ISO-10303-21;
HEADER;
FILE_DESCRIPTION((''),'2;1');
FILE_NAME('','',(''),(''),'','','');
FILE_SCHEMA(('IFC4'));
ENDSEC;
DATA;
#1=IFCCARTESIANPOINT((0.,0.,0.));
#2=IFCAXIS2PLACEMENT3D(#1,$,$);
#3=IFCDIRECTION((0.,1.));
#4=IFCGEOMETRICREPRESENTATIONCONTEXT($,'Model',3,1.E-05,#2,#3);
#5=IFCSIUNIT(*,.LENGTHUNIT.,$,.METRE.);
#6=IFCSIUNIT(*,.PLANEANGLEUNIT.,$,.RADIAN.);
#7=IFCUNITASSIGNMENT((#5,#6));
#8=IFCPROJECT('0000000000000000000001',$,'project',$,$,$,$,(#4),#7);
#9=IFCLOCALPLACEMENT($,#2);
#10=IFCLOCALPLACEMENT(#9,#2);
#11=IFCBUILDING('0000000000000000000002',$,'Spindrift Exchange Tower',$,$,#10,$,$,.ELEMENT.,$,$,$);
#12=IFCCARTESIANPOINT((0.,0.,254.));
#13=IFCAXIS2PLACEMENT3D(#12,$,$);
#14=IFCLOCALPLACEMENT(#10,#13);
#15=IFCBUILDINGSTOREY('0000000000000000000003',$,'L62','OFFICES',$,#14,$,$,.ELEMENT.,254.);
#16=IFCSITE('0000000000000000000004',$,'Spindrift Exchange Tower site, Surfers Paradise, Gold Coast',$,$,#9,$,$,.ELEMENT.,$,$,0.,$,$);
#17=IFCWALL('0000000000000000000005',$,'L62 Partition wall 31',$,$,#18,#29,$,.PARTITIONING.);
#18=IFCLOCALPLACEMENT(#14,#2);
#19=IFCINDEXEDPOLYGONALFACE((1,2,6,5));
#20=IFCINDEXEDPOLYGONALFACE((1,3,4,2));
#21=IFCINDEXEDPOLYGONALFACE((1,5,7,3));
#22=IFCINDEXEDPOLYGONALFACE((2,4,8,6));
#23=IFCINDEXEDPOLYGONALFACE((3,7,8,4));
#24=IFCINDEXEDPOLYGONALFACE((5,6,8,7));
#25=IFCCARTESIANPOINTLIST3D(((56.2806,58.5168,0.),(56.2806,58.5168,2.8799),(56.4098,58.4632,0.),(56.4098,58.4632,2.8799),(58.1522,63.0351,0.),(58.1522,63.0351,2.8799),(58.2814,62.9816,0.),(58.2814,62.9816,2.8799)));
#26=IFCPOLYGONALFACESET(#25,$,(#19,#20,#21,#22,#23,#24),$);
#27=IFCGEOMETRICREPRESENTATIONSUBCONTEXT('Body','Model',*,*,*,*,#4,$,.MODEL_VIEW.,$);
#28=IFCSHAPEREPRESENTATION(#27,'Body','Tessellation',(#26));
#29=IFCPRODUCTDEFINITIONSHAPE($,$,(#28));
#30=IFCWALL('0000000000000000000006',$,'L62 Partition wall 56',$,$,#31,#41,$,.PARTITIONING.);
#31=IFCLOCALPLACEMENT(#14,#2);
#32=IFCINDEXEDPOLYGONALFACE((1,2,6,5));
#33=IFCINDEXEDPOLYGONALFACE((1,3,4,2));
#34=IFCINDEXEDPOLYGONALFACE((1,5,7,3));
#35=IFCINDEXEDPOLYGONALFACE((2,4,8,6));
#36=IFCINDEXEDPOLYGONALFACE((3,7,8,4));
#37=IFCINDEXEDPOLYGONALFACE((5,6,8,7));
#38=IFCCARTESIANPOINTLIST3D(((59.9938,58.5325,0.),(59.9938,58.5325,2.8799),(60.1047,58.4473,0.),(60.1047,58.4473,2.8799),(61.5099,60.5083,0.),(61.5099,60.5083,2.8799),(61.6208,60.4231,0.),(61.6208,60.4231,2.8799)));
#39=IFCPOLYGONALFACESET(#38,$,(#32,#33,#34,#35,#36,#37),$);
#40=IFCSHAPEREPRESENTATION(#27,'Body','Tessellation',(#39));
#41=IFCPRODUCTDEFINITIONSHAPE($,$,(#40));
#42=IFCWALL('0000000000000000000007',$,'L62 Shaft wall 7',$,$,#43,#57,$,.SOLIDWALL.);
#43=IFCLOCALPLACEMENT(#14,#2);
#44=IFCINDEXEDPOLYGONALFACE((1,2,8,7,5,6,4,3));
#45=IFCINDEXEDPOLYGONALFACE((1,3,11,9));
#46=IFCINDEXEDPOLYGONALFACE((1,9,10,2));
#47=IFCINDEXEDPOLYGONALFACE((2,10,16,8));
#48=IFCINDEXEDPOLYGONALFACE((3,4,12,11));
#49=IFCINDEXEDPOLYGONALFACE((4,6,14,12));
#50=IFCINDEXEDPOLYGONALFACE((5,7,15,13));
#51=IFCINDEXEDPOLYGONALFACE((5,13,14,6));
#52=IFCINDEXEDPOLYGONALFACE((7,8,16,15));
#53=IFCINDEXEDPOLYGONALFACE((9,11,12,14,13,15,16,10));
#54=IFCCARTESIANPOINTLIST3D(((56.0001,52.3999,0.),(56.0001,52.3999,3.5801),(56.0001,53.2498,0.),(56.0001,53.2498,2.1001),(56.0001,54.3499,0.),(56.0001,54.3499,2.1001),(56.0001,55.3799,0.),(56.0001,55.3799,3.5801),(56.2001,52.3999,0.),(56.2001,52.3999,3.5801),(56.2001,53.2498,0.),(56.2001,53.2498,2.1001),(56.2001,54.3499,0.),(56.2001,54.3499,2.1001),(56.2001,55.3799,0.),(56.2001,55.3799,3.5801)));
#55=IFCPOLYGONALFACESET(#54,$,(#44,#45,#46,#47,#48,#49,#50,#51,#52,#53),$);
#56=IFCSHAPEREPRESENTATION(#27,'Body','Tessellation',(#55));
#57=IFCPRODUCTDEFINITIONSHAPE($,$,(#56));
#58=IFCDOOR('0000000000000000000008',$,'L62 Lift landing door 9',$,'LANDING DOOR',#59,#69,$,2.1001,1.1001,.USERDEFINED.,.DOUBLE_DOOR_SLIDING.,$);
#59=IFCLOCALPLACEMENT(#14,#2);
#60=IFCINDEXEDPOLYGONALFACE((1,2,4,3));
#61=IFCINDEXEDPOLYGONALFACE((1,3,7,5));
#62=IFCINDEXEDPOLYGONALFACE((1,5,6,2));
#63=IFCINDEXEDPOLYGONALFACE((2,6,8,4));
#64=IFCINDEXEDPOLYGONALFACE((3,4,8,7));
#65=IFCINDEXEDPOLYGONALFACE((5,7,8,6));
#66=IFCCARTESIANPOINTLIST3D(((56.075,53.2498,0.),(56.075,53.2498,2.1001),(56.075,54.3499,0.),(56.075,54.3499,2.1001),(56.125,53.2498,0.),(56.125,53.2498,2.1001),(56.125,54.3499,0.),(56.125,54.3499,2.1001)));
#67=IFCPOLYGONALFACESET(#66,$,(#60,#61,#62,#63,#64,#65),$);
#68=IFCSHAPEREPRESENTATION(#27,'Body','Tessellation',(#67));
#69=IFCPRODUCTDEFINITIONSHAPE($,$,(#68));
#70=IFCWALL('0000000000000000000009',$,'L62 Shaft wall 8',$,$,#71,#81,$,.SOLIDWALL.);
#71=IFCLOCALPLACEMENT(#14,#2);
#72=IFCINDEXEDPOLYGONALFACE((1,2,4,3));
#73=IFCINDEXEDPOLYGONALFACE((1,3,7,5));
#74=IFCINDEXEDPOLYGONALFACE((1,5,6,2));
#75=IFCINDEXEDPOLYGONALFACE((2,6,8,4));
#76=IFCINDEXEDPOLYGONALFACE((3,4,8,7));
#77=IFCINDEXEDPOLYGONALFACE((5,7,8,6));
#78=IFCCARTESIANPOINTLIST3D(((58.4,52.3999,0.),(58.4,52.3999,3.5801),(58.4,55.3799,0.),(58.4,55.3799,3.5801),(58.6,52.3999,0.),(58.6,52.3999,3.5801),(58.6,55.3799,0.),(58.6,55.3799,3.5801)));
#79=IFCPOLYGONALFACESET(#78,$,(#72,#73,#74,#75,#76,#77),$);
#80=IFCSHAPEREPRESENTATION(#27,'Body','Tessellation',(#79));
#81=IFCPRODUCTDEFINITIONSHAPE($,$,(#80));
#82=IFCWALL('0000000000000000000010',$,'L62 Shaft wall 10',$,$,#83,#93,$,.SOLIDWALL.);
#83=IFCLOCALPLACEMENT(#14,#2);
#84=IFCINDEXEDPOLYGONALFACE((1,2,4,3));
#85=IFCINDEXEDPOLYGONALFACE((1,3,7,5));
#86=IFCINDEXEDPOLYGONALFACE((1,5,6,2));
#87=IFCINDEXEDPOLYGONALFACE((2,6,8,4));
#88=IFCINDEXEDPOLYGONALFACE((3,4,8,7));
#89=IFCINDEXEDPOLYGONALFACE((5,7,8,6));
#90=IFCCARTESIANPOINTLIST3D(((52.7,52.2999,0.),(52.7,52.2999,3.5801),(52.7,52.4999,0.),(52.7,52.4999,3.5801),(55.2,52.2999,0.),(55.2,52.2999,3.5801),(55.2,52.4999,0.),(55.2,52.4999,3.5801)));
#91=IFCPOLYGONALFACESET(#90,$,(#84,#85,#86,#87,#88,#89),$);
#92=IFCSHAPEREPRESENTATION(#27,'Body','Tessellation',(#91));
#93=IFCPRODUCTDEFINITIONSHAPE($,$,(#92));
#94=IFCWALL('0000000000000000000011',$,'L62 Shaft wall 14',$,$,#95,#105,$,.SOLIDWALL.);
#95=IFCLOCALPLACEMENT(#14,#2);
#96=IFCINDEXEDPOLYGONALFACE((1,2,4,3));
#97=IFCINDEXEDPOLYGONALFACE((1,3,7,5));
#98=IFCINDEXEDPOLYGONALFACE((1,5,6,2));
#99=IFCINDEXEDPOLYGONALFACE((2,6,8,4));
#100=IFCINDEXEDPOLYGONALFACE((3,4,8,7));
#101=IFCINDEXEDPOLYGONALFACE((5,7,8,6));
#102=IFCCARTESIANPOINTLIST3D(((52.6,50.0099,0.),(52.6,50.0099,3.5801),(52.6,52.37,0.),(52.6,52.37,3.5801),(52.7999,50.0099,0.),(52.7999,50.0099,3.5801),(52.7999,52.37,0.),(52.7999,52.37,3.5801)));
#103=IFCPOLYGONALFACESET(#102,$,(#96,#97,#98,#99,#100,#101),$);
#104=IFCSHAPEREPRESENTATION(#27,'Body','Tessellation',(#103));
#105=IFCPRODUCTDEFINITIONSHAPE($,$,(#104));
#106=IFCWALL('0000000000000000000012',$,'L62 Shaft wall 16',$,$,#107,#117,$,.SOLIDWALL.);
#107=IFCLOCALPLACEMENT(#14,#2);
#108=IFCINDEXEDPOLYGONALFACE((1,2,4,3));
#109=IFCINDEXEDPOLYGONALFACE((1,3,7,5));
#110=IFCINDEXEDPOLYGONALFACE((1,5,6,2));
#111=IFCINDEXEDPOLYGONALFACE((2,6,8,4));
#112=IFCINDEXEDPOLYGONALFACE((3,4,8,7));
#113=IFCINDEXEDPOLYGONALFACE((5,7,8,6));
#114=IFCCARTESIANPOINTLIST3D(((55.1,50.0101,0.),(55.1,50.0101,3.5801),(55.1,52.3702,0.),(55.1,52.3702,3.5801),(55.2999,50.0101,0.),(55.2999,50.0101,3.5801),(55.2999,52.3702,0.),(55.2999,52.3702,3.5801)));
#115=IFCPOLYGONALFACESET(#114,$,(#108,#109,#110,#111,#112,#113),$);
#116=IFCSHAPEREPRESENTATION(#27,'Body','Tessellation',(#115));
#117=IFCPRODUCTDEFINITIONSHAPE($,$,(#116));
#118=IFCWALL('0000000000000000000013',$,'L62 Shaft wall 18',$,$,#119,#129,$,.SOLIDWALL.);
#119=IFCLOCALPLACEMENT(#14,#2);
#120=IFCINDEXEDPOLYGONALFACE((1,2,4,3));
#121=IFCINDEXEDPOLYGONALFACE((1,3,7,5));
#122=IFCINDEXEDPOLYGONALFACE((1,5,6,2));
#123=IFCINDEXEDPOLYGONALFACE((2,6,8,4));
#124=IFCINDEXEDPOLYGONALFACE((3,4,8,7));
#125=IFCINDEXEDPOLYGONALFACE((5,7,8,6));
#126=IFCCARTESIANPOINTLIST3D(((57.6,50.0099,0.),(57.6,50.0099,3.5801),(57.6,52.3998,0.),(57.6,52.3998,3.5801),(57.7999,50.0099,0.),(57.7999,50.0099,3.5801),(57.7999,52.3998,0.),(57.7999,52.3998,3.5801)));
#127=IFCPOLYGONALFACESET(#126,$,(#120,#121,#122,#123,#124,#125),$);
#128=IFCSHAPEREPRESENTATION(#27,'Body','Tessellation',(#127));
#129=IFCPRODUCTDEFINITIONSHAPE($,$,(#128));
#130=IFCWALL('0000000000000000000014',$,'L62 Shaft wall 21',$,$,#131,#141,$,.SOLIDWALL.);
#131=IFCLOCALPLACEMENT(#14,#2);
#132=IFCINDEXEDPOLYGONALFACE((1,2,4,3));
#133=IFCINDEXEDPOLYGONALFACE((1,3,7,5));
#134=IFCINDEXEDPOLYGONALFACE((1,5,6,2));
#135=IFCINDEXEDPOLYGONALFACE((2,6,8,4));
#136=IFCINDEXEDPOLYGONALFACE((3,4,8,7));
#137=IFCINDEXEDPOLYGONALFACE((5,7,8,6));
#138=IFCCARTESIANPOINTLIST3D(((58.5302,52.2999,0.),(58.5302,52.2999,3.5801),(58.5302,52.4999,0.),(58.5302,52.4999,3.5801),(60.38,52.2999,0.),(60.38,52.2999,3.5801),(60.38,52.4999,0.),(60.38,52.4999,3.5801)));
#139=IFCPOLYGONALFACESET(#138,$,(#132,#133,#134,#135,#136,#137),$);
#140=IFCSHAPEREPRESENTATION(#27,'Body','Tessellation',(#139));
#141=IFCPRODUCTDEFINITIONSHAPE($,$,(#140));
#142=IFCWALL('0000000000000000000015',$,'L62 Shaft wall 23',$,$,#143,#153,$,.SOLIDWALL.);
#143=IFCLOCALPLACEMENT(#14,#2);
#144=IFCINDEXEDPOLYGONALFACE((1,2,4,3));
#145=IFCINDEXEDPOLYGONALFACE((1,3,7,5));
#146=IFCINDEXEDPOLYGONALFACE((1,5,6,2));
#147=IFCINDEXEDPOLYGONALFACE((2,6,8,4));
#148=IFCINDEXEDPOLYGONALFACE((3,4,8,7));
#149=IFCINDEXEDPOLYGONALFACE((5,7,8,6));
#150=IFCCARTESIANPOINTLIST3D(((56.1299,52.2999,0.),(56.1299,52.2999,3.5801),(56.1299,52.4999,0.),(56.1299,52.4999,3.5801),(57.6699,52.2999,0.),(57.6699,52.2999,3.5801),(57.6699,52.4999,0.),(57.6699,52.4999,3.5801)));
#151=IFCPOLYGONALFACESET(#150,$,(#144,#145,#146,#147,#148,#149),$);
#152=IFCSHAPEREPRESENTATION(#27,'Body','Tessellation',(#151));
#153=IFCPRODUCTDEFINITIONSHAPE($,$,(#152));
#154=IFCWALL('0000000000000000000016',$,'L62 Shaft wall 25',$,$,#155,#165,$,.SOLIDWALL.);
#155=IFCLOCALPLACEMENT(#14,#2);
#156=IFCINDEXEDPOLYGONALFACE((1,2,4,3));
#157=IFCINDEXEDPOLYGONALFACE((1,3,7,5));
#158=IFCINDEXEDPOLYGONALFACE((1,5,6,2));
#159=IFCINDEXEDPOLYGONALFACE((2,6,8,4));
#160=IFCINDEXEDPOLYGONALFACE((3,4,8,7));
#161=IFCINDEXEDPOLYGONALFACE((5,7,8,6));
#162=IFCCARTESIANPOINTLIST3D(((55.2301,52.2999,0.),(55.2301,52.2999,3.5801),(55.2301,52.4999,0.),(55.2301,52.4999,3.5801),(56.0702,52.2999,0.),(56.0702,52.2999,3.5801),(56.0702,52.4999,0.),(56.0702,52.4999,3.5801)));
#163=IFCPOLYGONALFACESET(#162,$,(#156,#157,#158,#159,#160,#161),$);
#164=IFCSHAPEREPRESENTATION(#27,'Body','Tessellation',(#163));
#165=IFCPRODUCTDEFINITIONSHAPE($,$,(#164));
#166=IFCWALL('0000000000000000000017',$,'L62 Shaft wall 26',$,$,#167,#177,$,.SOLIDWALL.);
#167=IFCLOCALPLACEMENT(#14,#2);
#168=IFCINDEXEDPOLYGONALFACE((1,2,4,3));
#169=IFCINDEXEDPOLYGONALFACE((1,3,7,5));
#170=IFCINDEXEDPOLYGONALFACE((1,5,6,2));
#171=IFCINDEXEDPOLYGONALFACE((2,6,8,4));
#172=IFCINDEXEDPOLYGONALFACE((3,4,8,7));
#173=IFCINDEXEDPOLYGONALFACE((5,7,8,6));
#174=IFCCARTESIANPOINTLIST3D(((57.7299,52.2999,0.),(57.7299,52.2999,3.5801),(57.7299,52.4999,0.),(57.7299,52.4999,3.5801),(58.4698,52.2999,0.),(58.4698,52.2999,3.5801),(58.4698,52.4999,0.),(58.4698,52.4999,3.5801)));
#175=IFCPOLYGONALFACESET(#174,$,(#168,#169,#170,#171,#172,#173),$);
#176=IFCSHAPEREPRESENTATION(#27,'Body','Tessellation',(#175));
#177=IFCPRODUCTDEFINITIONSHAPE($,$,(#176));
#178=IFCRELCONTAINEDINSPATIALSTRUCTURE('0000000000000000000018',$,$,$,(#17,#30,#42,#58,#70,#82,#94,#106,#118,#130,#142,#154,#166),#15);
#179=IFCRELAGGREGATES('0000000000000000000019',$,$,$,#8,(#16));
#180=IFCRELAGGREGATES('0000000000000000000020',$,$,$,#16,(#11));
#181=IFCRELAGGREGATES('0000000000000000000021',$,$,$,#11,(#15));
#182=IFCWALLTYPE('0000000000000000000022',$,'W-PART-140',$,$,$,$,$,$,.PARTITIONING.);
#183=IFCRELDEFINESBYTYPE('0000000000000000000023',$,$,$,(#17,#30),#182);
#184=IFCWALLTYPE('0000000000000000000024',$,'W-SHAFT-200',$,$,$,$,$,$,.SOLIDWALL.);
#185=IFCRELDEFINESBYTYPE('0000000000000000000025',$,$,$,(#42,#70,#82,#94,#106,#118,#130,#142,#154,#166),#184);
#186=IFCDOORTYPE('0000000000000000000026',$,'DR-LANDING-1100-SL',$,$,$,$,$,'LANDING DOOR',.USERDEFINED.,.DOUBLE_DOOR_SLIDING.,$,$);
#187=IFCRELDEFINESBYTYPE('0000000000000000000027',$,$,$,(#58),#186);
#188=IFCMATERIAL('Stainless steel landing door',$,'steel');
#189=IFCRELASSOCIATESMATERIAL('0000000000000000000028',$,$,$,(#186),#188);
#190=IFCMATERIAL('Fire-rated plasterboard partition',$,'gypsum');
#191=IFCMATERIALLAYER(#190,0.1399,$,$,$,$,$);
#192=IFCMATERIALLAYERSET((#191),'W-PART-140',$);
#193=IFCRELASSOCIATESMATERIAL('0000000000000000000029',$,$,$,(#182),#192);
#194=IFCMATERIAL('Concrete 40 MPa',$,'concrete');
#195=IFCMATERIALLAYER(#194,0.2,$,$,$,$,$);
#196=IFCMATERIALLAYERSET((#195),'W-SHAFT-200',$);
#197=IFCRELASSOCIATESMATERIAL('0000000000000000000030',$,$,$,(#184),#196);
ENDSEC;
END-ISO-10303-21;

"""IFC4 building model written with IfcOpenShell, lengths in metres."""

from ifc_helpers import new_model, si_unit, direction, frame, frame_2d, origin, place, context, subcontext, project, spatial, rectangle, extrude, source, transform, mapped, material, layer, layer_set, type_object, element, fill, save


model = new_model("IFC4")

# Units and contexts
model_context = context("Model", 3, precision=1e-05, world=origin(), true_north=direction((0.0, 1.0)))
body_context = subcontext(model_context, "Body", "Model", "MODEL_VIEW")
ifc_project = project(units=[si_unit("LENGTHUNIT", "METRE"), si_unit("PLANEANGLEUNIT", "RADIAN")], contexts=[model_context])

# Site, building, storey
site_placement = place(None, origin())
site = spatial("IfcSite", under=ifc_project, at=site_placement, Name="Spindrift Exchange Tower site, Surfers Paradise, Gold Coast", CompositionType="ELEMENT", RefElevation=0.0)
building_placement = place(site_placement, origin())
building = spatial("IfcBuilding", under=site, at=building_placement, Name="Spindrift Exchange Tower", CompositionType="ELEMENT")
storey_placement = place(building_placement, frame((0.0, 0.0, 254.0)))
storey = spatial("IfcBuildingStorey", under=building, at=storey_placement, Name="L62", Description="OFFICES", CompositionType="ELEMENT", Elevation=254.0)

# Shared definitions
ifc_material_1 = material(Name="Stainless steel landing door", Category="steel")
door_type_1 = type_object("IfcDoorType", Name="DR-LANDING-1100-SL", ElementType="LANDING DOOR", OperationType="DOUBLE_DOOR_SLIDING", PredefinedType="USERDEFINED", material=ifc_material_1)
shared_shape_1 = source(origin(), body_context, "Body", "SweptSolid", [
    extrude(rectangle(XDim=1.1001, YDim=2.1001, at=frame_2d((0.55, 1.05))), frame((0.0, 0.0249, 0.0), z_axis=(0.0, -1.0, 0.0), x_axis=(1.0, 0.0, 0.0)), (0.0, 0.0, 1.0), 0.05),
])

# Walls
ifc_material_2 = material(Name="Fire-rated plasterboard partition", Category="gypsum")
ifc_layer_1 = layer(ifc_material_2, 0.1399)
ifc_layer_set_1 = layer_set([ifc_layer_1], Name="W-PART-140")
wall_type_1 = type_object("IfcWallType", Name="W-PART-140", PredefinedType="PARTITIONING", material=ifc_layer_set_1)
wall_1_placement = place(storey_placement, frame((56.3452, 58.49, 0.0), z_axis=(0.0, 0.0, 1.0), x_axis=(0.38269, 0.923877, 0.0)))
element("IfcWall", 1, at=wall_1_placement, inside=storey, type_object=wall_type_1, Name="L62 Partition wall 31", PredefinedType="PARTITIONING", context=body_context, shape_type="SweptSolid", body=[
    extrude(rectangle(XDim=4.8906, YDim=0.1399, at=frame_2d((2.4453, 0.0))), origin(), (0.0, 0.0, 1.0), 2.8799),
])
wall_2_placement = place(storey_placement, frame((60.0493, 58.49, 0.0), z_axis=(0.0, 0.0, 1.0), x_axis=(0.608763, 0.793352, 0.0)))
element("IfcWall", 2, at=wall_2_placement, inside=storey, type_object=wall_type_1, Name="L62 Partition wall 56", PredefinedType="PARTITIONING", context=body_context, shape_type="SweptSolid", body=[
    extrude(rectangle(XDim=2.4905, YDim=0.1399, at=frame_2d((1.2451, 0.0))), origin(), (0.0, 0.0, 1.0), 2.8799),
])

# Wall, opening, door
ifc_material_3 = material(Name="Concrete 40 MPa", Category="concrete")
ifc_layer_2 = layer(ifc_material_3, 0.2)
ifc_layer_set_2 = layer_set([ifc_layer_2], Name="W-SHAFT-200")
wall_type_2 = type_object("IfcWallType", Name="W-SHAFT-200", PredefinedType="SOLIDWALL", material=ifc_layer_set_2)
wall_3_placement = place(storey_placement, frame((56.1001, 55.3799, 0.0), z_axis=(0.0, 0.0, 1.0), x_axis=(0.0, -1.0, 0.0)))
wall_3 = element("IfcWall", 3, at=wall_3_placement, inside=storey, type_object=wall_type_2, Name="L62 Shaft wall 7", PredefinedType="SOLIDWALL", context=body_context, shape_type="SweptSolid", body=[
    extrude(rectangle(XDim=2.98, YDim=0.2, at=frame_2d((1.49, 0.0))), origin(), (0.0, 0.0, 1.0), 3.5801),
])
opening_1_placement = place(wall_3_placement, frame((1.03, 0.0, 0.0)))
opening_1 = element("IfcOpeningElement", 4, at=opening_1_placement, cuts=wall_3, PredefinedType="OPENING", context=body_context, shape_type="SweptSolid", body=[
    extrude(rectangle(XDim=1.1001, YDim=2.1001, at=frame_2d((0.55, 1.05))), frame((0.0, 0.1099, 0.0), z_axis=(0.0, -1.0, 0.0), x_axis=(1.0, 0.0, 0.0)), (0.0, 0.0, 1.0), 0.22),
])
door_1_placement = place(opening_1_placement, origin())
door_1 = element("IfcDoor", 5, at=door_1_placement, inside=storey, type_object=door_type_1, Name="L62 Lift landing door 9", ObjectType="LANDING DOOR", OperationType="DOUBLE_DOOR_SLIDING", OverallHeight=2.1001, OverallWidth=1.1001, PredefinedType="USERDEFINED", context=body_context, shape_type="MappedRepresentation", body=[
    mapped(shared_shape_1, transform((0.0, 0.0, 0.0), scale=1.0)),
])
fill(opening_1, door_1)

# Walls
wall_4_placement = place(storey_placement, frame((58.5, 52.3999, 0.0), z_axis=(0.0, 0.0, 1.0), x_axis=(0.0, 1.0, 0.0)))
element("IfcWall", 6, at=wall_4_placement, inside=storey, type_object=wall_type_2, Name="L62 Shaft wall 8", PredefinedType="SOLIDWALL", context=body_context, shape_type="SweptSolid", body=[
    extrude(rectangle(XDim=2.98, YDim=0.2, at=frame_2d((1.49, 0.0))), origin(), (0.0, 0.0, 1.0), 3.5801),
])
wall_5_placement = place(storey_placement, frame((55.2, 52.3999, 0.0), z_axis=(0.0, 0.0, 1.0), x_axis=(-1.0, 0.0, 0.0)))
element("IfcWall", 7, at=wall_5_placement, inside=storey, type_object=wall_type_2, Name="L62 Shaft wall 10", PredefinedType="SOLIDWALL", context=body_context, shape_type="SweptSolid", body=[
    extrude(rectangle(XDim=2.5, YDim=0.2, at=frame_2d((1.25, 0.0))), origin(), (0.0, 0.0, 1.0), 3.5801),
])
for number, where, z_axis, x_axis, name in (
    (8, (52.7, 52.3701, 0.0), (0.0, 0.0, 1.0), (0.0, -1.0, 0.0), "L62 Shaft wall 14"),
    (9, (55.2, 50.01, 0.0), (0.0, 0.0, 1.0), (0.0, 1.0, 0.0), "L62 Shaft wall 16"),
):
    element("IfcWall", number, at=place(storey_placement, frame(where, z_axis=z_axis, x_axis=x_axis)), inside=storey, type_object=wall_type_2, Name=name, PredefinedType="SOLIDWALL", context=body_context, shape_type="SweptSolid", body=[
        extrude(rectangle(XDim=2.3601, YDim=0.2, at=frame_2d((1.1802, 0.0))), origin(), (0.0, 0.0, 1.0), 3.5801),
    ])
wall_6_placement = place(storey_placement, frame((57.7, 50.01, 0.0), z_axis=(0.0, 0.0, 1.0), x_axis=(0.0, 1.0, 0.0)))
element("IfcWall", 10, at=wall_6_placement, inside=storey, type_object=wall_type_2, Name="L62 Shaft wall 18", PredefinedType="SOLIDWALL", context=body_context, shape_type="SweptSolid", body=[
    extrude(rectangle(XDim=2.3899, YDim=0.2, at=frame_2d((1.1948, 0.0))), origin(), (0.0, 0.0, 1.0), 3.5801),
])
wall_7_placement = place(storey_placement, frame((60.3799, 52.3999, 0.0), z_axis=(0.0, 0.0, 1.0), x_axis=(-1.0, 0.0, 0.0)))
element("IfcWall", 11, at=wall_7_placement, inside=storey, type_object=wall_type_2, Name="L62 Shaft wall 21", PredefinedType="SOLIDWALL", context=body_context, shape_type="SweptSolid", body=[
    extrude(rectangle(XDim=1.8499, YDim=0.2, at=frame_2d((0.9248, 0.0))), origin(), (0.0, 0.0, 1.0), 3.5801),
])
wall_8_placement = place(storey_placement, frame((57.6699, 52.3999, 0.0), z_axis=(0.0, 0.0, 1.0), x_axis=(-1.0, 0.0, 0.0)))
element("IfcWall", 12, at=wall_8_placement, inside=storey, type_object=wall_type_2, Name="L62 Shaft wall 23", PredefinedType="SOLIDWALL", context=body_context, shape_type="SweptSolid", body=[
    extrude(rectangle(XDim=1.54, YDim=0.2, at=frame_2d((0.77, 0.0))), origin(), (0.0, 0.0, 1.0), 3.5801),
])
wall_9_placement = place(storey_placement, frame((56.0701, 52.3999, 0.0), z_axis=(0.0, 0.0, 1.0), x_axis=(-1.0, 0.0, 0.0)))
element("IfcWall", 13, at=wall_9_placement, inside=storey, type_object=wall_type_2, Name="L62 Shaft wall 25", PredefinedType="SOLIDWALL", context=body_context, shape_type="SweptSolid", body=[
    extrude(rectangle(XDim=0.8401, YDim=0.2, at=frame_2d((0.4199, 0.0))), origin(), (0.0, 0.0, 1.0), 3.5801),
])
wall_10_placement = place(storey_placement, frame((58.47, 52.3999, 0.0), z_axis=(0.0, 0.0, 1.0), x_axis=(-1.0, 0.0, 0.0)))
element("IfcWall", 14, at=wall_10_placement, inside=storey, type_object=wall_type_2, Name="L62 Shaft wall 26", PredefinedType="SOLIDWALL", context=body_context, shape_type="SweptSolid", body=[
    extrude(rectangle(XDim=0.74, YDim=0.2, at=frame_2d((0.3701, 0.0))), origin(), (0.0, 0.0, 1.0), 3.5801),
])

save(model, "model.ifc")
